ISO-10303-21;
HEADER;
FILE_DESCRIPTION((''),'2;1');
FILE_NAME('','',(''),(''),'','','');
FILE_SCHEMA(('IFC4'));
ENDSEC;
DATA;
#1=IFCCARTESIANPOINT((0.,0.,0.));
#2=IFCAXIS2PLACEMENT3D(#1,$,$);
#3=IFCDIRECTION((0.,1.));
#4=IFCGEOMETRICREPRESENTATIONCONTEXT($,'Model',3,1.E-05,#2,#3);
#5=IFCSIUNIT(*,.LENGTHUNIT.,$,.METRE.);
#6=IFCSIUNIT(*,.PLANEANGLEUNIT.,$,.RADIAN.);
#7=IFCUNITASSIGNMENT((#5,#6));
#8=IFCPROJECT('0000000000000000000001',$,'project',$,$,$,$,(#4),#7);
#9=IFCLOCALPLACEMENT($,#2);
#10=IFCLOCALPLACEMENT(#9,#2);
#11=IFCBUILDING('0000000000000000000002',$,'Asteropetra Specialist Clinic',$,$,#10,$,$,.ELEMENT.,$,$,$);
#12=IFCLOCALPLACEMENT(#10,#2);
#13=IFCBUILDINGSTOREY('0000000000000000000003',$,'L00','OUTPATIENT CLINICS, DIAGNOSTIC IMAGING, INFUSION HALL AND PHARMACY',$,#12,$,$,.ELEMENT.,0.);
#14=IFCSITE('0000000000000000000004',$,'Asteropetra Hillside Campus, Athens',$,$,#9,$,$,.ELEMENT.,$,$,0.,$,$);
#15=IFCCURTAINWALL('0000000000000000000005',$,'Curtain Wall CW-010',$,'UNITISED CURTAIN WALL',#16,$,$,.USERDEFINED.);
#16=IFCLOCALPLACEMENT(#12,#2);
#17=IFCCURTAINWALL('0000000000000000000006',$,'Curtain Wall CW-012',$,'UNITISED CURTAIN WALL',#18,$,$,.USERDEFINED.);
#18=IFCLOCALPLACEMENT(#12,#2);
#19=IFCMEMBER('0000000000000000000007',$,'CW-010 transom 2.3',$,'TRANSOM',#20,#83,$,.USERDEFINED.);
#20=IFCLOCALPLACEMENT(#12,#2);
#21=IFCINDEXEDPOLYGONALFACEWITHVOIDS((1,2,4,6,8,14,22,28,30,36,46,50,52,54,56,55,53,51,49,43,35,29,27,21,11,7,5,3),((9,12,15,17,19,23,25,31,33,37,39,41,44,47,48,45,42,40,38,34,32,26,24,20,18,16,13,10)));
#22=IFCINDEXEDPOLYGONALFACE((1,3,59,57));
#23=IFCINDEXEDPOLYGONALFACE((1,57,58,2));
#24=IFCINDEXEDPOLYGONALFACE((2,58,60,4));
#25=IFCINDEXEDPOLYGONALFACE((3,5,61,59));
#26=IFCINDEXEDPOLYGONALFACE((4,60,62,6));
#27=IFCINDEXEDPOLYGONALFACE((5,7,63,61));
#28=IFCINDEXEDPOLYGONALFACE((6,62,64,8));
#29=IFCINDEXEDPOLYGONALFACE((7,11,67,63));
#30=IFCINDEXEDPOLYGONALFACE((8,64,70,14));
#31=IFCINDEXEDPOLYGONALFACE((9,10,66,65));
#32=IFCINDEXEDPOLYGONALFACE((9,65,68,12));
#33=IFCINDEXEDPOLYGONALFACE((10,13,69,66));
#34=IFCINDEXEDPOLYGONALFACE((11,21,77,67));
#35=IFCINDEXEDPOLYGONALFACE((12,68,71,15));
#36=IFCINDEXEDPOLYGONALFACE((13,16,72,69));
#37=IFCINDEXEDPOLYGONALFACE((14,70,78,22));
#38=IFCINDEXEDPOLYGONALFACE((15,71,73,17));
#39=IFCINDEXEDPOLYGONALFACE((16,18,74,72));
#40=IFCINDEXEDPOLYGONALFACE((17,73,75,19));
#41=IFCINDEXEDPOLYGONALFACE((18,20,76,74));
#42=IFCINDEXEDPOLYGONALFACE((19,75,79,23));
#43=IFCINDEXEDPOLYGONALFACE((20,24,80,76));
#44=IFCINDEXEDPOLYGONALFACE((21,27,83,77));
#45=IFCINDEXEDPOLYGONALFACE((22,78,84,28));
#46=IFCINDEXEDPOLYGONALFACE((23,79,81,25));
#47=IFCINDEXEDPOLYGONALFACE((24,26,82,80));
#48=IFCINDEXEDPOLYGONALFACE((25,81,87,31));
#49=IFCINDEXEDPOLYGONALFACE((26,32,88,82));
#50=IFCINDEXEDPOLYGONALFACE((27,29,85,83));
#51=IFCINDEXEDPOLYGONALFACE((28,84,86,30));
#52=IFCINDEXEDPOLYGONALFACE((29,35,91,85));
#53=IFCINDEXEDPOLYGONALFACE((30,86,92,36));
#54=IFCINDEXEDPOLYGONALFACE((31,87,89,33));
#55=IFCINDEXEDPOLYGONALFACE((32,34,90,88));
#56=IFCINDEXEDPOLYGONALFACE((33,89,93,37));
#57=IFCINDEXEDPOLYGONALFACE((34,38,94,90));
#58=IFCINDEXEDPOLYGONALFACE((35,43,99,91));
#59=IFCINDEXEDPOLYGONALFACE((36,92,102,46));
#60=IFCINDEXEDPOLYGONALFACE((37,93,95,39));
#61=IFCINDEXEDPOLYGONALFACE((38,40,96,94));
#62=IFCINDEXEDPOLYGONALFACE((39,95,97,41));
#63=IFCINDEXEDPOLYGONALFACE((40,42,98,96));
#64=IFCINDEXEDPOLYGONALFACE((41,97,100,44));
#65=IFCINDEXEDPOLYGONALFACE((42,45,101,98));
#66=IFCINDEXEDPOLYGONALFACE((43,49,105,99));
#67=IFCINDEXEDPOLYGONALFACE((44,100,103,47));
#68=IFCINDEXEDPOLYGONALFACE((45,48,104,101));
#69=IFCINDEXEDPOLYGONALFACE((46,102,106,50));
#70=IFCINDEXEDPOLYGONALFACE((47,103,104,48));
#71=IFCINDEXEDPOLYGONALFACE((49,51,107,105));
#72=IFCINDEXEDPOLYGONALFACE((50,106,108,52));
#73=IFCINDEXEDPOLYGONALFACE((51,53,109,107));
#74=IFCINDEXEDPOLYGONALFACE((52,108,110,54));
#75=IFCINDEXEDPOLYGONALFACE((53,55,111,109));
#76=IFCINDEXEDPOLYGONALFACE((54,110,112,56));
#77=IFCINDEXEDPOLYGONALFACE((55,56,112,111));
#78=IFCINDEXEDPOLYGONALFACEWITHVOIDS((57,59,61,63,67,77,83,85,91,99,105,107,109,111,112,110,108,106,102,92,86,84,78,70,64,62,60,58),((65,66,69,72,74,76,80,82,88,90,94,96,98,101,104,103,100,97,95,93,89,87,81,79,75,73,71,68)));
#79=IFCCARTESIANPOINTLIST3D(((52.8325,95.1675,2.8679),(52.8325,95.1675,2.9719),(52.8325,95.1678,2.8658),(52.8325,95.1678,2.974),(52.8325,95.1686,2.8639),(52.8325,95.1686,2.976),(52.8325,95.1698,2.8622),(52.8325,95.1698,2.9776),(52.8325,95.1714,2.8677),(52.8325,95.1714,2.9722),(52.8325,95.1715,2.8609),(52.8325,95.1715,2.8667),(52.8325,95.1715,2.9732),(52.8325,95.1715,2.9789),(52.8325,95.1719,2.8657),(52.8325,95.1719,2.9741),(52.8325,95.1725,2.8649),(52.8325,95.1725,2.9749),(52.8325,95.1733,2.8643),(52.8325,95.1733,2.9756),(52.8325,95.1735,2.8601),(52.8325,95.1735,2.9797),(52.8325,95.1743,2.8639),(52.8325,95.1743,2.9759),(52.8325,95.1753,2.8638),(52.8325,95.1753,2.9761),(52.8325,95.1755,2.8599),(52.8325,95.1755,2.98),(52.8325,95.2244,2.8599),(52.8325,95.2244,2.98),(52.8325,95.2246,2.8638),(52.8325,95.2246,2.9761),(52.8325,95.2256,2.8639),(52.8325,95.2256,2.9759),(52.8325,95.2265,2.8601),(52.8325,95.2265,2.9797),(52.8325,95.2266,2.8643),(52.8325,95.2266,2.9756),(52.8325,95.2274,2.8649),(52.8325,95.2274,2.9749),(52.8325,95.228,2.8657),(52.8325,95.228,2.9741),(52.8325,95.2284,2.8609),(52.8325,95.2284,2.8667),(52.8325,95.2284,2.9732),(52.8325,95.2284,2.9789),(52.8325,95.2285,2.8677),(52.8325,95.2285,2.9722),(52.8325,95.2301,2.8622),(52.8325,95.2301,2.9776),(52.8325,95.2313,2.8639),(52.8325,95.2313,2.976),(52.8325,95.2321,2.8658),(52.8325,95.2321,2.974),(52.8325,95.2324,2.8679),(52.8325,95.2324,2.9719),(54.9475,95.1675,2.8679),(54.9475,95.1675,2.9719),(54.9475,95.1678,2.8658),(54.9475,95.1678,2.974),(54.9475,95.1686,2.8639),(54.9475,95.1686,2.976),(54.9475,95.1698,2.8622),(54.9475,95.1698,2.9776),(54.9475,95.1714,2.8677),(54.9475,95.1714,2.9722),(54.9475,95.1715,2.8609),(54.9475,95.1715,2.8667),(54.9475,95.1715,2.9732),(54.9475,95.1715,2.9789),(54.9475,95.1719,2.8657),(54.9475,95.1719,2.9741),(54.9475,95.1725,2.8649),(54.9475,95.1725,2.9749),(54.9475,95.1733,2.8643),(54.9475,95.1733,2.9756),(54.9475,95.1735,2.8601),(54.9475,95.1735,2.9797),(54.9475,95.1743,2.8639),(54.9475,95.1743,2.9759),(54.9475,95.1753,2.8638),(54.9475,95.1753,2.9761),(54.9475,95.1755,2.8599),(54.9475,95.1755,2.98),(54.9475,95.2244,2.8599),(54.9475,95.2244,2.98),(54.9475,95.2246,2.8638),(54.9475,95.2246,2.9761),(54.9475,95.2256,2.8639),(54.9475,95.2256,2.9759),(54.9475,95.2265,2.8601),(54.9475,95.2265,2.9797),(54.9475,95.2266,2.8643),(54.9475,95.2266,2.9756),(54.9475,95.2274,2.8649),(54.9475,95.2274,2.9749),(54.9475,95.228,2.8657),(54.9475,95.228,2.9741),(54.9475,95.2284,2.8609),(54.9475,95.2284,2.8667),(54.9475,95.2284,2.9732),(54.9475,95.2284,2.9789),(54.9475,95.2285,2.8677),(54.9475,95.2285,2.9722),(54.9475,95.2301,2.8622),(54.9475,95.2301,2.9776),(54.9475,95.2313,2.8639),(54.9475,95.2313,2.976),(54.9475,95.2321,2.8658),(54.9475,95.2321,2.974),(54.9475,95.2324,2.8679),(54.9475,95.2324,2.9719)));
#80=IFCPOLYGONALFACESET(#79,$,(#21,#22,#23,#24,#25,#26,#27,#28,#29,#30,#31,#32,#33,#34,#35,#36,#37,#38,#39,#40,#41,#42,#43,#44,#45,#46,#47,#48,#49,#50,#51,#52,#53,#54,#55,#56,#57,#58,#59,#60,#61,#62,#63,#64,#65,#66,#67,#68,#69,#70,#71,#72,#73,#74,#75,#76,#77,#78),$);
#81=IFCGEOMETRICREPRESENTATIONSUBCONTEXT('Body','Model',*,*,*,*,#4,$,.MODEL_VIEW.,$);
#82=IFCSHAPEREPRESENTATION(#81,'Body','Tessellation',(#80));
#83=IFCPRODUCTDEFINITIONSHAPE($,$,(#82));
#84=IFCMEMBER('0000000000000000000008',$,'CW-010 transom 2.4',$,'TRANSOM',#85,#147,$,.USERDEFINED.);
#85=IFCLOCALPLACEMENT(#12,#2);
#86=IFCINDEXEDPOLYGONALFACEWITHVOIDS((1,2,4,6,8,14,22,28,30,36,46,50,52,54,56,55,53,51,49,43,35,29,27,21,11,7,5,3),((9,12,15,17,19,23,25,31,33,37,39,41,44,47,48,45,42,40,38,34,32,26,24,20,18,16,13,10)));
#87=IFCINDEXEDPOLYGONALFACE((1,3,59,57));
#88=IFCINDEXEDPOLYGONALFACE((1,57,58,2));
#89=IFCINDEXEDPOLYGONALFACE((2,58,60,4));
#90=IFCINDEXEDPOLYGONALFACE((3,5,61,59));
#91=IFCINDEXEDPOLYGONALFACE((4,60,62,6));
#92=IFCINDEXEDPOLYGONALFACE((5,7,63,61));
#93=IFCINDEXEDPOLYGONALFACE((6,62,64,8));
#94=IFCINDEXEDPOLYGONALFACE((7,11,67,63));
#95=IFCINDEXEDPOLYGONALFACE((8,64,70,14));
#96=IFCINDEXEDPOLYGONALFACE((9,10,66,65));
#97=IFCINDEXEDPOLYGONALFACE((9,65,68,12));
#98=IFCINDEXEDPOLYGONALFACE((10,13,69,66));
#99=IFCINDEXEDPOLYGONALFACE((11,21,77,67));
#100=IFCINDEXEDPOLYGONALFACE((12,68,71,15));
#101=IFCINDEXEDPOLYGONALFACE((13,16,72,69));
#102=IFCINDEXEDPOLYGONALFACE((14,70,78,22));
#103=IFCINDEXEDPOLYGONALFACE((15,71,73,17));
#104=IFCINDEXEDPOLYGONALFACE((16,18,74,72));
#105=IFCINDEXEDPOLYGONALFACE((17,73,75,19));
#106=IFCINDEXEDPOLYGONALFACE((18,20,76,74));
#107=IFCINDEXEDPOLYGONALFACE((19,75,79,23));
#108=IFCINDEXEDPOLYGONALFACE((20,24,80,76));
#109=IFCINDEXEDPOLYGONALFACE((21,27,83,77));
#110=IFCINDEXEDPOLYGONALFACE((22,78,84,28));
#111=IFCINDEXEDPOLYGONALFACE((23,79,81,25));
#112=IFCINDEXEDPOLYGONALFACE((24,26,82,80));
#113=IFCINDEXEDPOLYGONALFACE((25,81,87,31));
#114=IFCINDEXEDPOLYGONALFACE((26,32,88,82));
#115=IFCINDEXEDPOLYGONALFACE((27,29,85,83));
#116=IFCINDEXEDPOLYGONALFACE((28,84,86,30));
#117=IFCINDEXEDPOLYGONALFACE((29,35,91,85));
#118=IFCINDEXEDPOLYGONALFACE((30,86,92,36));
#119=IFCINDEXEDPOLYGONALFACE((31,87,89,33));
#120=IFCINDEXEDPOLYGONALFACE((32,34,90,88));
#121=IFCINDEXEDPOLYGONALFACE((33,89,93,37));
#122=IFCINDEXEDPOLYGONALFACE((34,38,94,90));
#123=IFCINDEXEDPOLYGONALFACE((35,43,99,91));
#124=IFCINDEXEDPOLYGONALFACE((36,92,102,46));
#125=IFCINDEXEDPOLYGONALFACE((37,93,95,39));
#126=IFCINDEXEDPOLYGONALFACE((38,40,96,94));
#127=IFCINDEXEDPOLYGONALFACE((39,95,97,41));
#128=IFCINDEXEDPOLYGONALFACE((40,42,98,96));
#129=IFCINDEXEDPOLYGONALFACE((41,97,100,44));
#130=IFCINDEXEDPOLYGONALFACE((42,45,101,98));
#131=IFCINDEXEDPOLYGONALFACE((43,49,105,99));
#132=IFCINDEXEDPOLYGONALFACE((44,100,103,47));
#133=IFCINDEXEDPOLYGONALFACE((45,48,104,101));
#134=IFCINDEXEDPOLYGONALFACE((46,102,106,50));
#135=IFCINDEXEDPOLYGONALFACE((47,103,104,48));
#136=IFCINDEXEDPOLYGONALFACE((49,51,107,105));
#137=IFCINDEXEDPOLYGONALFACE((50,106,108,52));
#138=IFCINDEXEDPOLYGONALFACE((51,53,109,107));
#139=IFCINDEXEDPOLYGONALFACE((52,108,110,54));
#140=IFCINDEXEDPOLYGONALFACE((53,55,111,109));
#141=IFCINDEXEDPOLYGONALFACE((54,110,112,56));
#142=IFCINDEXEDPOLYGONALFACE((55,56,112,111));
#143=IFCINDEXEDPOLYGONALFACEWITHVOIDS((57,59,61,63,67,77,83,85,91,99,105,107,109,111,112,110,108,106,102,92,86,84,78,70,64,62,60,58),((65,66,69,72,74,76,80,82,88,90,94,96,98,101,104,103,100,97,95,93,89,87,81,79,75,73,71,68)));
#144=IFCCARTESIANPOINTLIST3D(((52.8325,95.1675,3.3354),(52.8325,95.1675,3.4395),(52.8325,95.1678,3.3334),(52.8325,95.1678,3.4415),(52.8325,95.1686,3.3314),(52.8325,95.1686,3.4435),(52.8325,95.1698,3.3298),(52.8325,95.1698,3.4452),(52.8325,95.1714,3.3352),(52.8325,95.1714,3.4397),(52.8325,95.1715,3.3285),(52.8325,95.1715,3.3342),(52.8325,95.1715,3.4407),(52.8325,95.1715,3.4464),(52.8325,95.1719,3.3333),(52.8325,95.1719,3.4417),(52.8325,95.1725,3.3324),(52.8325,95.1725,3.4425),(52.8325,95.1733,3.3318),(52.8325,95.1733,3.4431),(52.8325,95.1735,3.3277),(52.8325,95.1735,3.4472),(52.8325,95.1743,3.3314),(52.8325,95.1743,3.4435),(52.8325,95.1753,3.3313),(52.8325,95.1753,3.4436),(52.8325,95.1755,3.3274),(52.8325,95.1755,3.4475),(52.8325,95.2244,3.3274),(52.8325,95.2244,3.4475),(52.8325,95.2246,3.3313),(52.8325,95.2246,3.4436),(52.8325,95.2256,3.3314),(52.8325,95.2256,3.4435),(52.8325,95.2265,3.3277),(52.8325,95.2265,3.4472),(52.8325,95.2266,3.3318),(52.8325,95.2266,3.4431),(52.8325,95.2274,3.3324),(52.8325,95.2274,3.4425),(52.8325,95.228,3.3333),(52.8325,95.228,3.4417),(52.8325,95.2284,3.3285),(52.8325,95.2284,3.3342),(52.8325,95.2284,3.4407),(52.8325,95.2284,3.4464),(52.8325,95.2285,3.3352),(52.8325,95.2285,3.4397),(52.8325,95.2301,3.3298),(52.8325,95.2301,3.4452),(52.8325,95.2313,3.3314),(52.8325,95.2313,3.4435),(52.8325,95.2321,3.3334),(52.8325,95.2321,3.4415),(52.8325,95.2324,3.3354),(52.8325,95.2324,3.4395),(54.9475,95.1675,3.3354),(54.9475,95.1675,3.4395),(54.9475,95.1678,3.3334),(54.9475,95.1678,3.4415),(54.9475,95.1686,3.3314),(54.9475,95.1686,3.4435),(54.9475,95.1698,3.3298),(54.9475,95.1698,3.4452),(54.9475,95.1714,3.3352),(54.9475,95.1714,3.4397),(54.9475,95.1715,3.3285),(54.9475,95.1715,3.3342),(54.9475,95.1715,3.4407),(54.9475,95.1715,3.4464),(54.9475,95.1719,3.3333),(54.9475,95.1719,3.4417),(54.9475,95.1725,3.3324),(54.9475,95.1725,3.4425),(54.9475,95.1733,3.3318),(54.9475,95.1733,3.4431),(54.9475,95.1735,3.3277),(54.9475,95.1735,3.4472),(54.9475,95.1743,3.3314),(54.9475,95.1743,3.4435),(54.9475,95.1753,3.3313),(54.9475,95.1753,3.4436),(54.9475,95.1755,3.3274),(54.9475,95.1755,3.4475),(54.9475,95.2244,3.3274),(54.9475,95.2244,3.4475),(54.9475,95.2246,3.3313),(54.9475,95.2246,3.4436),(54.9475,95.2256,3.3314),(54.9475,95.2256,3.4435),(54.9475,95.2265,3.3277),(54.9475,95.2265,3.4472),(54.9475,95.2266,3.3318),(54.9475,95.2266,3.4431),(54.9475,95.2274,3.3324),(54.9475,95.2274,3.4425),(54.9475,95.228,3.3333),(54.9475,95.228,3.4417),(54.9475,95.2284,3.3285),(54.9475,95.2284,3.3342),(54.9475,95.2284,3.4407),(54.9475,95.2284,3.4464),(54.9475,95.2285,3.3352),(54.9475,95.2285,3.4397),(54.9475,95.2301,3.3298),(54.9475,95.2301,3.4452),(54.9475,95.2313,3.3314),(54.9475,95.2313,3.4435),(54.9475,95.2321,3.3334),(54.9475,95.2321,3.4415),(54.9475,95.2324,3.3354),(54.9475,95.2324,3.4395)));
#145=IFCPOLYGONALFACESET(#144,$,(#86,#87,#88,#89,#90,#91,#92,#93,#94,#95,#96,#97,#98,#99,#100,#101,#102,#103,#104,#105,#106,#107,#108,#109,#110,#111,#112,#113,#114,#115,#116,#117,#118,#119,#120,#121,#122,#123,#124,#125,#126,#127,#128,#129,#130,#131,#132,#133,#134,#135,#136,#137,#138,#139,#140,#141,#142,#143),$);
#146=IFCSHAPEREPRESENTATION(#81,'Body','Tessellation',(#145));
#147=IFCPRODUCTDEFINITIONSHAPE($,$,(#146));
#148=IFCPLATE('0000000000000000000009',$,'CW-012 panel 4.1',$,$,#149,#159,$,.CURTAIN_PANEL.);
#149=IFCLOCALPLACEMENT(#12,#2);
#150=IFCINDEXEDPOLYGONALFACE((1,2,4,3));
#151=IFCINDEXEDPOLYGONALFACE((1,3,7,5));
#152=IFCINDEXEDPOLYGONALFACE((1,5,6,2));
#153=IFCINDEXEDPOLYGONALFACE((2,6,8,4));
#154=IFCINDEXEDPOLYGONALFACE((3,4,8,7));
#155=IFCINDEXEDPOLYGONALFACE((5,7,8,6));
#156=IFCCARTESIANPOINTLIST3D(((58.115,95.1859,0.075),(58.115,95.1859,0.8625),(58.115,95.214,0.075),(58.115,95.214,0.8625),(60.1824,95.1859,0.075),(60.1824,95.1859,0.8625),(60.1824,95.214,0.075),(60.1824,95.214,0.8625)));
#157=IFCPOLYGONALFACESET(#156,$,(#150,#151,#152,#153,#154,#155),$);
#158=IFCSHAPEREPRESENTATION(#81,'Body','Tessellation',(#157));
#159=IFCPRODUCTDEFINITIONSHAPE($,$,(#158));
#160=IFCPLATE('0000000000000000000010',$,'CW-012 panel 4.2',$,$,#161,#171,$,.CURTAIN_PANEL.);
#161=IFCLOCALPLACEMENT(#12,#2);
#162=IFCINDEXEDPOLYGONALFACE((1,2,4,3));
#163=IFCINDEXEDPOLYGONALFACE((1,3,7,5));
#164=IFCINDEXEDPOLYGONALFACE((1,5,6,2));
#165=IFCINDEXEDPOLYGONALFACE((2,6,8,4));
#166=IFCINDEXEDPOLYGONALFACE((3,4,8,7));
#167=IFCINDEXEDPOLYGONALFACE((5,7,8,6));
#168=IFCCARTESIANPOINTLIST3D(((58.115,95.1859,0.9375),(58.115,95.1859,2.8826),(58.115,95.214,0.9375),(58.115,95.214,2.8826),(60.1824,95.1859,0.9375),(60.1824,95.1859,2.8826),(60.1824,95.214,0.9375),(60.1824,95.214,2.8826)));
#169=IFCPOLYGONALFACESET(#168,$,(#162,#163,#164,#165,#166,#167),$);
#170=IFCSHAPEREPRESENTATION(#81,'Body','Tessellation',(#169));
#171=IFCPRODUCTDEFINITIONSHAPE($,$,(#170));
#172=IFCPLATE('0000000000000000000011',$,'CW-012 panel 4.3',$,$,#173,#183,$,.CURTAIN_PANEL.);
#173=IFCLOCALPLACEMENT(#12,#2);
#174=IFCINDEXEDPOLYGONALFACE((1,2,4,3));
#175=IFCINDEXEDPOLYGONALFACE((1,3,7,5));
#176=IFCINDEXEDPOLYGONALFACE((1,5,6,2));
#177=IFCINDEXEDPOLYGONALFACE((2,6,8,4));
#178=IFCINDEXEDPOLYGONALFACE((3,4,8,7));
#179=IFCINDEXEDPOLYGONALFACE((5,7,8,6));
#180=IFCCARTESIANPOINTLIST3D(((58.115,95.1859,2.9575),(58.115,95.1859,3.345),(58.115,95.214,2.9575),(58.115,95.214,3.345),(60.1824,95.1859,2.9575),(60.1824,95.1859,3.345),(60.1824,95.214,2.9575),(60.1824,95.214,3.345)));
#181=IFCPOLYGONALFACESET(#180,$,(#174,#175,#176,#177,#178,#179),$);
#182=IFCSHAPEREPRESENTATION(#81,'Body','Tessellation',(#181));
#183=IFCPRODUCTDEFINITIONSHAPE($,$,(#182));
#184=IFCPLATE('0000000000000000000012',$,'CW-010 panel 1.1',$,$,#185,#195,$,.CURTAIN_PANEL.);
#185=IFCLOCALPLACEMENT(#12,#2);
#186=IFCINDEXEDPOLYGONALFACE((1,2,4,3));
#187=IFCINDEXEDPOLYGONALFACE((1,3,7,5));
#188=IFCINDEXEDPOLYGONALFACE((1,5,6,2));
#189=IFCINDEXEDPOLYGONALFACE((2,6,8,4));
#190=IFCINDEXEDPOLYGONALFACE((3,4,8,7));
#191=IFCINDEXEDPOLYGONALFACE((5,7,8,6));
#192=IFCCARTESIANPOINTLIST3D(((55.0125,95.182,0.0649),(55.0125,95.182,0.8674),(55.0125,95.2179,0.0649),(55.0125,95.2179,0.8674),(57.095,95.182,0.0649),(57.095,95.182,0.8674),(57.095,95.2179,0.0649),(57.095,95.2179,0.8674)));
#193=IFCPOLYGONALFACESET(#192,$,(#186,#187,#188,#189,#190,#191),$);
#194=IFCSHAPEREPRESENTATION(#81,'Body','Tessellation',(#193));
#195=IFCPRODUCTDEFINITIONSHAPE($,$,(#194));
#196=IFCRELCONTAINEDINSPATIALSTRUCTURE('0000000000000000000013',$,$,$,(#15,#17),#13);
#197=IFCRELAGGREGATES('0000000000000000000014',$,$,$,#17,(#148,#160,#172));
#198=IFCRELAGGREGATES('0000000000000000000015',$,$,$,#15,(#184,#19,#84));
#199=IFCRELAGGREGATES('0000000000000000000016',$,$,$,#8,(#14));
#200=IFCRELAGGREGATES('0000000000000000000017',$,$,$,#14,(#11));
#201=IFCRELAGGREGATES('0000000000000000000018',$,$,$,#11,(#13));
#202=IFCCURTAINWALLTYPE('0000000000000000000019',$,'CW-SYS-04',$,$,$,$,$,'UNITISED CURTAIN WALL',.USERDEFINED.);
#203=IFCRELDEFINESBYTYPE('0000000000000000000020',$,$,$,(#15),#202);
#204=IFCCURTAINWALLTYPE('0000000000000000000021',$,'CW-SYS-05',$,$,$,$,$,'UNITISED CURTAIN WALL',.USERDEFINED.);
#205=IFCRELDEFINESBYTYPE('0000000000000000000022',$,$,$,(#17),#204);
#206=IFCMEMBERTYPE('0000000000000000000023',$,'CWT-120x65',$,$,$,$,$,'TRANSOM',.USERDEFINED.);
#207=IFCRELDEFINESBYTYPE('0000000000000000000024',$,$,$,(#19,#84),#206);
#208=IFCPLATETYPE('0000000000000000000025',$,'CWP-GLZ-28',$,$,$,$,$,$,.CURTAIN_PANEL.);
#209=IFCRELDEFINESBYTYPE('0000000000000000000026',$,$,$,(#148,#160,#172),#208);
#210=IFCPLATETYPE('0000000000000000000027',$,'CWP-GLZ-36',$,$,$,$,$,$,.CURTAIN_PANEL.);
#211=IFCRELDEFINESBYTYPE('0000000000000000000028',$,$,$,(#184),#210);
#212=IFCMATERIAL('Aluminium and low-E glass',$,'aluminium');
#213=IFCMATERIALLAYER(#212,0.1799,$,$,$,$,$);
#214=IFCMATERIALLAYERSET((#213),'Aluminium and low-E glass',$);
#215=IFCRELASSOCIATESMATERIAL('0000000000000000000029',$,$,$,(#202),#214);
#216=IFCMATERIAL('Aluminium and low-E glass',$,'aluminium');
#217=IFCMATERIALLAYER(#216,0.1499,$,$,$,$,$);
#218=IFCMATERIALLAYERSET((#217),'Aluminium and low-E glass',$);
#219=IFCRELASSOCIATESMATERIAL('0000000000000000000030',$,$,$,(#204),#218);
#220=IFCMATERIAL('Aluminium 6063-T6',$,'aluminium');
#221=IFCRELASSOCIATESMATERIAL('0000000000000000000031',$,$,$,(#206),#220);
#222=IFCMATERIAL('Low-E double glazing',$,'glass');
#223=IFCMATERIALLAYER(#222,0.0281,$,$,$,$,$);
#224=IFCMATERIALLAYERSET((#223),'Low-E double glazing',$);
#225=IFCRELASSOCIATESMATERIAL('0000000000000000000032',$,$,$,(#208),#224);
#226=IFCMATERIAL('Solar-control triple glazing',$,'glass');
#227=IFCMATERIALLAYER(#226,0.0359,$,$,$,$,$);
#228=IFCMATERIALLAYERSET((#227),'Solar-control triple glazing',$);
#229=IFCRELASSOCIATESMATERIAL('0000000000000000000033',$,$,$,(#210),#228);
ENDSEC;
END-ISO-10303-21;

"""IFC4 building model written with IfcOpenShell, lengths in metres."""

from ifc_helpers import new_model, si_unit, direction, frame, origin, origin_2d, place, context, subcontext, project, spatial, rectangle, hollow_rectangle, extrude, material, layer, layer_set, material_profile, profile_set, type_object, element, aggregate, save


model = new_model("IFC4")

# Units and contexts
model_context = context("Model", 3, precision=1e-05, world=origin(), true_north=direction((0.0, 1.0)))
body_context = subcontext(model_context, "Body", "Model", "MODEL_VIEW")
ifc_project = project(units=[si_unit("LENGTHUNIT", "METRE"), si_unit("PLANEANGLEUNIT", "RADIAN")], contexts=[model_context])

# Site, building, storey
site_placement = place(None, origin())
site = spatial("IfcSite", under=ifc_project, at=site_placement, Name="Asteropetra Hillside Campus, Athens", CompositionType="ELEMENT", RefElevation=0.0)
building_placement = place(site_placement, origin())
building = spatial("IfcBuilding", under=site, at=building_placement, Name="Asteropetra Specialist Clinic", CompositionType="ELEMENT")
storey_placement = place(building_placement, origin())
storey = spatial("IfcBuildingStorey", under=building, at=storey_placement, Name="L00", Description="OUTPATIENT CLINICS, DIAGNOSTIC IMAGING, INFUSION HALL AND PHARMACY", CompositionType="ELEMENT", Elevation=0.0)

# Curtain wall
ifc_material_1 = material(Name="Aluminium and low-E glass", Category="aluminium")
ifc_layer_1 = layer(ifc_material_1, 0.1799)
ifc_layer_set_1 = layer_set([ifc_layer_1], Name="Aluminium and low-E glass")
curtain_wall_type_1 = type_object("IfcCurtainWallType", Name="CW-SYS-04", ElementType="UNITISED CURTAIN WALL", PredefinedType="USERDEFINED", material=ifc_layer_set_1)
curtain_wall_1_placement = place(storey_placement, origin())
curtain_wall_1 = element("IfcCurtainWall", 1, at=curtain_wall_1_placement, inside=storey, type_object=curtain_wall_type_1, Name="Curtain Wall CW-010", ObjectType="UNITISED CURTAIN WALL", PredefinedType="USERDEFINED")

# Curtain wall
ifc_material_2 = material(Name="Aluminium and low-E glass", Category="aluminium")
ifc_layer_2 = layer(ifc_material_2, 0.1499)
ifc_layer_set_2 = layer_set([ifc_layer_2], Name="Aluminium and low-E glass")
curtain_wall_type_2 = type_object("IfcCurtainWallType", Name="CW-SYS-05", ElementType="UNITISED CURTAIN WALL", PredefinedType="USERDEFINED", material=ifc_layer_set_2)
curtain_wall_2_placement = place(storey_placement, origin())
curtain_wall_2 = element("IfcCurtainWall", 2, at=curtain_wall_2_placement, inside=storey, type_object=curtain_wall_type_2, Name="Curtain Wall CW-012", ObjectType="UNITISED CURTAIN WALL", PredefinedType="USERDEFINED")

# Members
ifc_material_3 = material(Name="Aluminium 6063-T6", Category="aluminium")
ifc_material_profile_1 = material_profile(ifc_material_3, hollow_rectangle(XDim=0.0649, YDim=0.1201, WallThickness=0.0039, InnerFilletRadius=0.0039, OuterFilletRadius=0.0081, at=origin_2d()), Name="TRN 120x65x4.0")
ifc_profile_set_1 = profile_set([ifc_material_profile_1], Name="Aluminium 6063-T6")
member_type_1 = type_object("IfcMemberType", Name="CWT-120x65", ElementType="TRANSOM", PredefinedType="USERDEFINED", material=ifc_profile_set_1)
member_1_placement = place(storey_placement, frame((54.9475, 95.2, 2.9199), z_axis=(-1.0, 0.0, 0.0), x_axis=(0.0, -1.0, 0.0)))
member_1 = element("IfcMember", 3, at=member_1_placement, type_object=member_type_1, Name="CW-010 transom 2.3", ObjectType="TRANSOM", PredefinedType="USERDEFINED", context=body_context, shape_type="SweptSolid", body=[
    extrude(hollow_rectangle(XDim=0.0649, YDim=0.1201, WallThickness=0.0039, InnerFilletRadius=0.0039, OuterFilletRadius=0.0081, at=origin_2d()), origin(), (0.0, 0.0, 1.0), 2.115),
])
member_2_placement = place(storey_placement, frame((54.9475, 95.2, 3.3875), z_axis=(-1.0, 0.0, 0.0), x_axis=(0.0, -1.0, 0.0)))
member_2 = element("IfcMember", 4, at=member_2_placement, type_object=member_type_1, Name="CW-010 transom 2.4", ObjectType="TRANSOM", PredefinedType="USERDEFINED", context=body_context, shape_type="SweptSolid", body=[
    extrude(hollow_rectangle(XDim=0.0649, YDim=0.1201, WallThickness=0.0039, InnerFilletRadius=0.0039, OuterFilletRadius=0.0081, at=origin_2d()), origin(), (0.0, 0.0, 1.0), 2.115),
])

# Plates
ifc_material_4 = material(Name="Low-E double glazing", Category="glass")
ifc_layer_3 = layer(ifc_material_4, 0.0281)
ifc_layer_set_3 = layer_set([ifc_layer_3], Name="Low-E double glazing")
plate_type_1 = type_object("IfcPlateType", Name="CWP-GLZ-28", PredefinedType="CURTAIN_PANEL", material=ifc_layer_set_3)
plate_1_placement = place(storey_placement, frame((59.1487, 95.2, 0.075), z_axis=(0.0, 0.0, 1.0), x_axis=(-1.0, 0.0, 0.0)))
plate_1 = element("IfcPlate", 5, at=plate_1_placement, type_object=plate_type_1, Name="CW-012 panel 4.1", PredefinedType="CURTAIN_PANEL", context=body_context, shape_type="SweptSolid", body=[
    extrude(rectangle(XDim=2.0674, YDim=0.0281, at=origin_2d()), origin(), (0.0, 0.0, 1.0), 0.7876),
])
plate_2_placement = place(storey_placement, frame((59.1487, 95.2, 0.9375), z_axis=(0.0, 0.0, 1.0), x_axis=(-1.0, 0.0, 0.0)))
plate_2 = element("IfcPlate", 6, at=plate_2_placement, type_object=plate_type_1, Name="CW-012 panel 4.2", PredefinedType="CURTAIN_PANEL", context=body_context, shape_type="SweptSolid", body=[
    extrude(rectangle(XDim=2.0674, YDim=0.0281, at=origin_2d()), origin(), (0.0, 0.0, 1.0), 1.9451),
])
plate_3_placement = place(storey_placement, frame((59.1487, 95.2, 2.9575), z_axis=(0.0, 0.0, 1.0), x_axis=(-1.0, 0.0, 0.0)))
plate_3 = element("IfcPlate", 7, at=plate_3_placement, type_object=plate_type_1, Name="CW-012 panel 4.3", PredefinedType="CURTAIN_PANEL", context=body_context, shape_type="SweptSolid", body=[
    extrude(rectangle(XDim=2.0674, YDim=0.0281, at=origin_2d()), origin(), (0.0, 0.0, 1.0), 0.3875),
])
aggregate(curtain_wall_2, [plate_1, plate_2, plate_3])
ifc_material_5 = material(Name="Solar-control triple glazing", Category="glass")
ifc_layer_4 = layer(ifc_material_5, 0.0359)
ifc_layer_set_4 = layer_set([ifc_layer_4], Name="Solar-control triple glazing")
plate_type_2 = type_object("IfcPlateType", Name="CWP-GLZ-36", PredefinedType="CURTAIN_PANEL", material=ifc_layer_set_4)
plate_4_placement = place(storey_placement, frame((56.0537, 95.2, 0.0649), z_axis=(0.0, 0.0, 1.0), x_axis=(-1.0, 0.0, 0.0)))
plate_4 = element("IfcPlate", 8, at=plate_4_placement, type_object=plate_type_2, Name="CW-010 panel 1.1", PredefinedType="CURTAIN_PANEL", context=body_context, shape_type="SweptSolid", body=[
    extrude(rectangle(XDim=2.0825, YDim=0.0359, at=origin_2d()), origin(), (0.0, 0.0, 1.0), 0.8025),
])
aggregate(curtain_wall_1, [plate_4, member_1, member_2])

save(model, "model.ifc")
